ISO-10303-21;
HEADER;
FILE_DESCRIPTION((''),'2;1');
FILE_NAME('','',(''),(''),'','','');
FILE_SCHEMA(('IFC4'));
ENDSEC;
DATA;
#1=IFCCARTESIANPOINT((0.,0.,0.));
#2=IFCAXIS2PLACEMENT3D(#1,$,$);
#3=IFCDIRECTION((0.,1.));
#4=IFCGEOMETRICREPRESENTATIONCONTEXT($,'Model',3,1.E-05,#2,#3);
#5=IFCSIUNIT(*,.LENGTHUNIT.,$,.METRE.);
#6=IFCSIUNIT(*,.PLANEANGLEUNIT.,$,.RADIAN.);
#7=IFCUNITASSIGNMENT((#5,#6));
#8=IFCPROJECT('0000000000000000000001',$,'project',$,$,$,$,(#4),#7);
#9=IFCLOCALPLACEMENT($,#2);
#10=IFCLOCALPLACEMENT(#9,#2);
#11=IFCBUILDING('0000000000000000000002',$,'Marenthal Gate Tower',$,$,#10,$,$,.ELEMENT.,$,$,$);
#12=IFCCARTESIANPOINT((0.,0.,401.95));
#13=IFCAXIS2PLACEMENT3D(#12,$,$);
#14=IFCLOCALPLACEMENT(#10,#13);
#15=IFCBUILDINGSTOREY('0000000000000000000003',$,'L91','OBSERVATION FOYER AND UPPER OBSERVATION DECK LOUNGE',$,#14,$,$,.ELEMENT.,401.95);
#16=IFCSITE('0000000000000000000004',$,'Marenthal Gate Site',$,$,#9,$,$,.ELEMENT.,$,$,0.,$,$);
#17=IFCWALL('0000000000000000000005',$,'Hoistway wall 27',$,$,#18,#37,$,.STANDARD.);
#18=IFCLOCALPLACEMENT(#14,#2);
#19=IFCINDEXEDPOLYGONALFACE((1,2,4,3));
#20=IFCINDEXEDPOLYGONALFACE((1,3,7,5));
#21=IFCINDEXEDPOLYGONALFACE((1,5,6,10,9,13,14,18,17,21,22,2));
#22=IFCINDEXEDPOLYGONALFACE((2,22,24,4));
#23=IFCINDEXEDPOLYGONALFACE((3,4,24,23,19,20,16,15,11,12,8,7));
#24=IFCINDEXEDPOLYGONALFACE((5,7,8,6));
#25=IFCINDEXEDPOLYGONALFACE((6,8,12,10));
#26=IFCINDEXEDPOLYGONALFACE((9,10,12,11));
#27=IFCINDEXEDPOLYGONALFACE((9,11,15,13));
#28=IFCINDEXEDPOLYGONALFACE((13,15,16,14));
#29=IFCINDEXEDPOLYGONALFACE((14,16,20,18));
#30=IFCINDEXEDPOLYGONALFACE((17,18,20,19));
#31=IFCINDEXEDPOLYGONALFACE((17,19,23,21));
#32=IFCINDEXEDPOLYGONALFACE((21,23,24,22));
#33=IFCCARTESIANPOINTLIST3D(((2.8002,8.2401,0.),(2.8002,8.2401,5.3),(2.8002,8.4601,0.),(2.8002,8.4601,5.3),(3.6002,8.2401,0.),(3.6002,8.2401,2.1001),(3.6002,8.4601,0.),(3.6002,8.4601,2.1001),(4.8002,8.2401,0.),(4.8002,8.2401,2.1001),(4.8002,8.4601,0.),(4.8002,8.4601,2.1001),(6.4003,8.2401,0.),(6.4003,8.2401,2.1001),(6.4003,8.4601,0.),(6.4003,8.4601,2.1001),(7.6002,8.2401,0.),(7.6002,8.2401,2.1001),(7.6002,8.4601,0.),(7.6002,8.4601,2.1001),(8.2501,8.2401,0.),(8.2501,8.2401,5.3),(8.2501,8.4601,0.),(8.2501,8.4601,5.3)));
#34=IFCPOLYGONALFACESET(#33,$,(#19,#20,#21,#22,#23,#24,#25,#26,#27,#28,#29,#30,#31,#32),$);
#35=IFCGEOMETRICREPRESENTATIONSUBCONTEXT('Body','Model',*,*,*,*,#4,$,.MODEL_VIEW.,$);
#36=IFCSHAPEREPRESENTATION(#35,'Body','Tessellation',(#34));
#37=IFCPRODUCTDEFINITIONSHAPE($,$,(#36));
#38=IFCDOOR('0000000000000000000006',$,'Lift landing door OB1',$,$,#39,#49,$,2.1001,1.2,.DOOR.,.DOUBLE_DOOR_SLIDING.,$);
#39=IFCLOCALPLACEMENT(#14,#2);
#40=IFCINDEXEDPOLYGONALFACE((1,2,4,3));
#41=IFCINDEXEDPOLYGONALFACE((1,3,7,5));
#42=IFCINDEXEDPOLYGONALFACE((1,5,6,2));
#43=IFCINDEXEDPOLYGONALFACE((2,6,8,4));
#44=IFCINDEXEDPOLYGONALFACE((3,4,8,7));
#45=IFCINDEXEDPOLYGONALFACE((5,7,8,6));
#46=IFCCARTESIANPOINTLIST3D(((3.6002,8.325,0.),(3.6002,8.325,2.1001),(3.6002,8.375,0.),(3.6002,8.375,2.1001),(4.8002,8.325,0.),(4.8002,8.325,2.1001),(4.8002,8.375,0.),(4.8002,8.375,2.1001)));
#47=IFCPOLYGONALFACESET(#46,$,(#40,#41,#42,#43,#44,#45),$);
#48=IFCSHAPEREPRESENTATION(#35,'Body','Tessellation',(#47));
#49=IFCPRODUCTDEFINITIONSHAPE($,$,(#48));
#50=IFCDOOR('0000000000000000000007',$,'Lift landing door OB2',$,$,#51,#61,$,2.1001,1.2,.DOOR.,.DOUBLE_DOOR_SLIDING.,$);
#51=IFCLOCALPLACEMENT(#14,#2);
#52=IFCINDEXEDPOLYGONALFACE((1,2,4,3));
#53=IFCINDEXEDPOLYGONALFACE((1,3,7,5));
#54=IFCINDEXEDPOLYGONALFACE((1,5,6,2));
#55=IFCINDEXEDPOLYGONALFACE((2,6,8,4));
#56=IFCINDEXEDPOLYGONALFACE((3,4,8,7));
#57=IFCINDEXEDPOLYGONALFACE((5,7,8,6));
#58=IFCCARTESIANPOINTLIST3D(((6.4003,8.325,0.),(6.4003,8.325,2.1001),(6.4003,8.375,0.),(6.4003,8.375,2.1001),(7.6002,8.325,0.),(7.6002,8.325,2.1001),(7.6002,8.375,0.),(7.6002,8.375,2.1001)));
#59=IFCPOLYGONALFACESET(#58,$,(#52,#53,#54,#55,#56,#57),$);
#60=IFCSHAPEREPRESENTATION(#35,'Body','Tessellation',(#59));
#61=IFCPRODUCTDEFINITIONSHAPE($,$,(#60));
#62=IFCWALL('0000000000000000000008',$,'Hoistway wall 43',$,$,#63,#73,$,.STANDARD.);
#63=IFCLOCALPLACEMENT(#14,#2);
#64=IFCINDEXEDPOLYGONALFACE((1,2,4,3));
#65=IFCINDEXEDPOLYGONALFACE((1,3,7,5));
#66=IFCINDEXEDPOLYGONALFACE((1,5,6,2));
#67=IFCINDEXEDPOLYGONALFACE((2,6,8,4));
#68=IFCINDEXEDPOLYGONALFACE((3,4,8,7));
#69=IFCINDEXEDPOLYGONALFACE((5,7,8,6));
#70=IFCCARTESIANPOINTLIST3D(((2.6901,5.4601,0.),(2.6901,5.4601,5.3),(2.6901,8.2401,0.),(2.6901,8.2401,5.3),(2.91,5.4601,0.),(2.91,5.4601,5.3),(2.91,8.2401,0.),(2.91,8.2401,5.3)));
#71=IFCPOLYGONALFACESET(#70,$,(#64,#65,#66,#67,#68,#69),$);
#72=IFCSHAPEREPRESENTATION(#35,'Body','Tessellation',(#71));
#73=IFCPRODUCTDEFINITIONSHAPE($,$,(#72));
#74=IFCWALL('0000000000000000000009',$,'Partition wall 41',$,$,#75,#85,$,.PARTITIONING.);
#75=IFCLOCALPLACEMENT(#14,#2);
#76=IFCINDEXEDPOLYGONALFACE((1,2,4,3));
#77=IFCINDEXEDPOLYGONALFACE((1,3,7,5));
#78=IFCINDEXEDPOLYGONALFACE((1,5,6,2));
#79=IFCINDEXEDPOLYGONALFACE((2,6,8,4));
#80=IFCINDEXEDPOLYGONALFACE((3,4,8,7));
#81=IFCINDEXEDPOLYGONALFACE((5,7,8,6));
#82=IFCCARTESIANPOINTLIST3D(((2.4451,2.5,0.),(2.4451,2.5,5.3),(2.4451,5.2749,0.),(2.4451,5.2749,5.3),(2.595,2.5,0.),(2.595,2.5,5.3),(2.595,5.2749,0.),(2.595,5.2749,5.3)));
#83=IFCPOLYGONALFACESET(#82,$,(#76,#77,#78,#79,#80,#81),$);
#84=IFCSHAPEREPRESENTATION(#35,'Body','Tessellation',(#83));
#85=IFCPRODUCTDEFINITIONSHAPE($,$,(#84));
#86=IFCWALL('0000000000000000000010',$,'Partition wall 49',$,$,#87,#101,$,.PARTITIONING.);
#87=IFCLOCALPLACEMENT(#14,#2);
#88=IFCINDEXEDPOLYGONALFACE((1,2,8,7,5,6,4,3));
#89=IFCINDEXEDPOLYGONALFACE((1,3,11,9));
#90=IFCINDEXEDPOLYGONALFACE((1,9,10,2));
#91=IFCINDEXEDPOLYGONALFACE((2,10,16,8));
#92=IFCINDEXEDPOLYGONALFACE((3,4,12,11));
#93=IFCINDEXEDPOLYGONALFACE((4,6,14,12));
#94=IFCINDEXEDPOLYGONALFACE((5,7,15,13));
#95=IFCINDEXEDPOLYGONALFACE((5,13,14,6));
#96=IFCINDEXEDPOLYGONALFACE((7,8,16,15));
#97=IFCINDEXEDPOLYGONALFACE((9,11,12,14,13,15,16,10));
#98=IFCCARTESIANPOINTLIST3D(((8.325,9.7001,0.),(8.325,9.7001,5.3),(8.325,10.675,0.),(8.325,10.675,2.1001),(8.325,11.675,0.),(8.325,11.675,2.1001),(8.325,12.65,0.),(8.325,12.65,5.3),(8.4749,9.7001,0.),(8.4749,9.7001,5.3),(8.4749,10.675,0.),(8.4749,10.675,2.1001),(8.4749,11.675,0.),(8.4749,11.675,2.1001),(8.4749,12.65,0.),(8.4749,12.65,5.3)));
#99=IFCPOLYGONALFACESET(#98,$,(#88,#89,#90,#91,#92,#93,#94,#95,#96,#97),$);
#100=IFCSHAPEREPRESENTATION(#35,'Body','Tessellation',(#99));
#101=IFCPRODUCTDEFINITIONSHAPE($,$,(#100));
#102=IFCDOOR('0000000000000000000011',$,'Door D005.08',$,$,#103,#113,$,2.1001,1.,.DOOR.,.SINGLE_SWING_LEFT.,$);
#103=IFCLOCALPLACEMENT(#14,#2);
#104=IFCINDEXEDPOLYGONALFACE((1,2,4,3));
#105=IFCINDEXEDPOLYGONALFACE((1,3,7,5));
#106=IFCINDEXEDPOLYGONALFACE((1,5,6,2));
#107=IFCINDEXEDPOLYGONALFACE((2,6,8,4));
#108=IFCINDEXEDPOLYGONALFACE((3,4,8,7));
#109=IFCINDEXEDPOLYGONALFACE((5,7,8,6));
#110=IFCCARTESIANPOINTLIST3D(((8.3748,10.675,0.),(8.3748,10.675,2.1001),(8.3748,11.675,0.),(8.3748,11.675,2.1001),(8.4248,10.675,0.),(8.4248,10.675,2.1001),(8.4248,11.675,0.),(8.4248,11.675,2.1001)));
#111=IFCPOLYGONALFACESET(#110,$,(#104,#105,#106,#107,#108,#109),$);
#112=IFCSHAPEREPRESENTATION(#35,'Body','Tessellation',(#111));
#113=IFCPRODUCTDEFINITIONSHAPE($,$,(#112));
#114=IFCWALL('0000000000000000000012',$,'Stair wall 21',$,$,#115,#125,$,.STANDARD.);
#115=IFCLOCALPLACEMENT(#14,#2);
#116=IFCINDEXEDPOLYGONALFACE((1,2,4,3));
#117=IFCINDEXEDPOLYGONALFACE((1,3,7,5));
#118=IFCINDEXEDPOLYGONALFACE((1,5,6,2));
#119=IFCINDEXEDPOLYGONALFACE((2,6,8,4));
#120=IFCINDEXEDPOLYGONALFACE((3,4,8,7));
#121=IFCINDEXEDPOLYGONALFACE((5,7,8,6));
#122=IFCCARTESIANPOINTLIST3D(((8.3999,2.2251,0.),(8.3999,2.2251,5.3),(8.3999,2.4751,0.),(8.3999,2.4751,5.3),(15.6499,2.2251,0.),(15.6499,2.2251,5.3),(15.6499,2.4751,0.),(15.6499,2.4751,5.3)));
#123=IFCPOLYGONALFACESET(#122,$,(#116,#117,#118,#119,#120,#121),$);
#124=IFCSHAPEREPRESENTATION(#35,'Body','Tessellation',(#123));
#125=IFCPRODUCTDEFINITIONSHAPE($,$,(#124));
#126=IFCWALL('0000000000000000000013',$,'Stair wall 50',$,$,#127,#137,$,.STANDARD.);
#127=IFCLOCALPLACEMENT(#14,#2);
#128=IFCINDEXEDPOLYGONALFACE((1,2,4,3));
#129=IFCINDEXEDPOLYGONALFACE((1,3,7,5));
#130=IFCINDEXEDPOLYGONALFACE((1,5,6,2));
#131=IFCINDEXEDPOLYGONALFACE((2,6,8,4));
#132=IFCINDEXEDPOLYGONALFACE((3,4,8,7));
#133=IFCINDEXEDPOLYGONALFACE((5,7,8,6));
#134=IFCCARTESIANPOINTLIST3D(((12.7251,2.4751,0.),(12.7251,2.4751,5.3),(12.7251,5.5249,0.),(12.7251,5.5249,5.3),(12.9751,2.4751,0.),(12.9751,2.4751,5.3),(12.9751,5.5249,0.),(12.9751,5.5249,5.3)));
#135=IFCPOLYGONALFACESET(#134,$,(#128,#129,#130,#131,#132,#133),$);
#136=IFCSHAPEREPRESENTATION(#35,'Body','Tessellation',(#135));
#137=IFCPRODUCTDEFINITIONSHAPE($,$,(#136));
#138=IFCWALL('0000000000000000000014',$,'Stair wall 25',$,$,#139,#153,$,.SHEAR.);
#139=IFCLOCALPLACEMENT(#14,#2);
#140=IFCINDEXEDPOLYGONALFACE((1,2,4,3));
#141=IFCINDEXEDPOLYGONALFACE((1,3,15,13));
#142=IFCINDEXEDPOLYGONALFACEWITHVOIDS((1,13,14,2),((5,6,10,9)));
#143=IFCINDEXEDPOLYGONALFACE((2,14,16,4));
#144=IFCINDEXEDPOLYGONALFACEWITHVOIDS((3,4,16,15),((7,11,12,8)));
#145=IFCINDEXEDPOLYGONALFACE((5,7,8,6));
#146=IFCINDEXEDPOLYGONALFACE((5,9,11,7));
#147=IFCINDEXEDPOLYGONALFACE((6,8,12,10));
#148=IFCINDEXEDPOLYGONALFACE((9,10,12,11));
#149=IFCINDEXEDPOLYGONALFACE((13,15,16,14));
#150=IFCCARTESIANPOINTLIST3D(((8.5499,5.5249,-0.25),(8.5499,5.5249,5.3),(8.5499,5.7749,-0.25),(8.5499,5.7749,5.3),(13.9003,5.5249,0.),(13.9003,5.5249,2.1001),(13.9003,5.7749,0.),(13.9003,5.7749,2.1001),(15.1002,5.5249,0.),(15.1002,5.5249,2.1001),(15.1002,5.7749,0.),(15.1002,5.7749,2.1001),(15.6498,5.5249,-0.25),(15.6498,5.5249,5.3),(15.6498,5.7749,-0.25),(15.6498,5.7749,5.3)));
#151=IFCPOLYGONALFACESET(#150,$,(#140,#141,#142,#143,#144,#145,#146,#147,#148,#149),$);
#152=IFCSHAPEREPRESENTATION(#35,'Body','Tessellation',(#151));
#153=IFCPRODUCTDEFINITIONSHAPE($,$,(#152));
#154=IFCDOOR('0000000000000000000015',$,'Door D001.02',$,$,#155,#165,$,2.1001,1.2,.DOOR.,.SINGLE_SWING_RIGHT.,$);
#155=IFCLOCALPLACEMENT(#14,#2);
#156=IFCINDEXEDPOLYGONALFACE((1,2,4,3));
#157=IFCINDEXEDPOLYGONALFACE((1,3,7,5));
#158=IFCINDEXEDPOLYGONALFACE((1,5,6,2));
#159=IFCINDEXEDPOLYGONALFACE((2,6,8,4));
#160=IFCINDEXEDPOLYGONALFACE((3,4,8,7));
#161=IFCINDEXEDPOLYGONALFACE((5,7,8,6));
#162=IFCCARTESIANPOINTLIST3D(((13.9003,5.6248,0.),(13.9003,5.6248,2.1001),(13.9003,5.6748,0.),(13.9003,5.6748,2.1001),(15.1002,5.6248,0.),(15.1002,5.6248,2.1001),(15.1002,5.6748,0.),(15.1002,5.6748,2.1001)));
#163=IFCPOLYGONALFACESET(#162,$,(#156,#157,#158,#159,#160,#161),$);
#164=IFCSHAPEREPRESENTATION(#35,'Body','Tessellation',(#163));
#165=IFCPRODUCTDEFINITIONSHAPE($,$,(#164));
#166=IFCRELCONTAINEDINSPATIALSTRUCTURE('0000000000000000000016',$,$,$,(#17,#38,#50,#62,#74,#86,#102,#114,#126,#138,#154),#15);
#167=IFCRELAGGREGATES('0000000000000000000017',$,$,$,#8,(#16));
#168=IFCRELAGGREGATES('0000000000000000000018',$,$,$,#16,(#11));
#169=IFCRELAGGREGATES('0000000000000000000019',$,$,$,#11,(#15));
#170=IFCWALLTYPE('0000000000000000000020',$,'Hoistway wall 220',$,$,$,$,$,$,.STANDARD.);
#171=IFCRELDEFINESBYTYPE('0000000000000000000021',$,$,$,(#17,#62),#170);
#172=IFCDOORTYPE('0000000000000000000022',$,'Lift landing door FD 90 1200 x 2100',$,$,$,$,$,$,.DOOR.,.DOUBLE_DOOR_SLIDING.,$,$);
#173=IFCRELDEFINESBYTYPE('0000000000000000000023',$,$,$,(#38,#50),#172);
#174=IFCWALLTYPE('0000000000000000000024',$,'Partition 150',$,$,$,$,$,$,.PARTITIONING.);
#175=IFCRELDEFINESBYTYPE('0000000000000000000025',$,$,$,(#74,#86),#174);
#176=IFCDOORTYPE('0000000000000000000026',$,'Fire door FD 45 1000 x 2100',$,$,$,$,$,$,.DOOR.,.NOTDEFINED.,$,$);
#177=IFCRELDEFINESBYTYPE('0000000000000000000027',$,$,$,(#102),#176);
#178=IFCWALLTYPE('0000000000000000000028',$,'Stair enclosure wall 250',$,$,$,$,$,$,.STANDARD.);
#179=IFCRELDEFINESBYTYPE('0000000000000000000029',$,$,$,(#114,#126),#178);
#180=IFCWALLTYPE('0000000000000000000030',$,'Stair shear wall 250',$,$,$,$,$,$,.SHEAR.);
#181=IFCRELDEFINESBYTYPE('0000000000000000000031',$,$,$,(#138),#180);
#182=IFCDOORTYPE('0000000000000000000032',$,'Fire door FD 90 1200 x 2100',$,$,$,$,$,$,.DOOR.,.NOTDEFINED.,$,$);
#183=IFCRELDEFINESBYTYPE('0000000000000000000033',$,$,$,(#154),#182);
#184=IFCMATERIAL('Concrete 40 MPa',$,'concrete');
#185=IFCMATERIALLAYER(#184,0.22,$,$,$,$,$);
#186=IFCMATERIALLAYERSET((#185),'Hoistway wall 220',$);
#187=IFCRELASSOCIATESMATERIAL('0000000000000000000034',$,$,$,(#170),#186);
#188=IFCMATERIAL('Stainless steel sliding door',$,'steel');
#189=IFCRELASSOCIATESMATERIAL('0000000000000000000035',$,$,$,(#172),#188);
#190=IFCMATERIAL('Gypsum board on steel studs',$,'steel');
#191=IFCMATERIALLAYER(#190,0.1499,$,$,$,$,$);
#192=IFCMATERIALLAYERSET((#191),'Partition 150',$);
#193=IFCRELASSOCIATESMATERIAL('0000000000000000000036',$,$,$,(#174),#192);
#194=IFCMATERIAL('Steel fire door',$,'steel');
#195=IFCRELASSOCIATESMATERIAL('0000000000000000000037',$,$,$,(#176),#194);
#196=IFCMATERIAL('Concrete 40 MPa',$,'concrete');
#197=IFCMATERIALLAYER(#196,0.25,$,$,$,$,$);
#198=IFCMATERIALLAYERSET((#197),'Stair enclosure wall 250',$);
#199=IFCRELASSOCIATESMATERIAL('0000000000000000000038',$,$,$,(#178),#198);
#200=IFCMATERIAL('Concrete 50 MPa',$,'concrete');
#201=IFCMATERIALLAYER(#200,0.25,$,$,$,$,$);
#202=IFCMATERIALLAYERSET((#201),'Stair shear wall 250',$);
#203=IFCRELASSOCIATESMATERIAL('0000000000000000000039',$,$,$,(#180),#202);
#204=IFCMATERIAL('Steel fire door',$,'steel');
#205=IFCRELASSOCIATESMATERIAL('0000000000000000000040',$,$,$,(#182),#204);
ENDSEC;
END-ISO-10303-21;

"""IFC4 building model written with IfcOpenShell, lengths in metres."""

from ifc_helpers import new_model, si_unit, direction, frame, frame_2d, origin, place, context, subcontext, project, spatial, rectangle, extrude, material, layer, layer_set, type_object, element, fill, save


model = new_model("IFC4")

# Units and contexts
model_context = context("Model", 3, precision=1e-05, world=origin(), true_north=direction((0.0, 1.0)))
body_context = subcontext(model_context, "Body", "Model", "MODEL_VIEW")
ifc_project = project(units=[si_unit("LENGTHUNIT", "METRE"), si_unit("PLANEANGLEUNIT", "RADIAN")], contexts=[model_context])

# Site, building, storey
site_placement = place(None, origin())
site = spatial("IfcSite", under=ifc_project, at=site_placement, Name="Marenthal Gate Site", CompositionType="ELEMENT", RefElevation=0.0)
building_placement = place(site_placement, origin())
building = spatial("IfcBuilding", under=site, at=building_placement, Name="Marenthal Gate Tower", CompositionType="ELEMENT")
storey_placement = place(building_placement, frame((0.0, 0.0, 401.95)))
storey = spatial("IfcBuildingStorey", under=building, at=storey_placement, Name="L91", Description="OBSERVATION FOYER AND UPPER OBSERVATION DECK LOUNGE", CompositionType="ELEMENT", Elevation=401.95)

# Shared definitions
ifc_material_1 = material(Name="Concrete 40 MPa", Category="concrete")
ifc_layer_1 = layer(ifc_material_1, 0.22)
ifc_layer_set_1 = layer_set([ifc_layer_1], Name="Hoistway wall 220")
wall_type_1 = type_object("IfcWallType", Name="Hoistway wall 220", PredefinedType="STANDARD", material=ifc_layer_set_1)

# Wall, openings, doors
wall_1_placement = place(storey_placement, frame((2.8, 8.3501, 0.0), z_axis=(0.0, 0.0, 1.0), x_axis=(1.0, 0.0, 0.0)))
wall_1 = element("IfcWall", 1, at=wall_1_placement, inside=storey, type_object=wall_type_1, Name="Hoistway wall 27", PredefinedType="STANDARD", context=body_context, shape_type="SweptSolid", body=[
    extrude(rectangle(XDim=5.45, YDim=0.22, at=frame_2d((2.7251, 0.0))), origin(), (0.0, 0.0, 1.0), 5.3),
])
opening_1_placement = place(wall_1_placement, frame((0.8, 0.0, 0.0)))
opening_1 = element("IfcOpeningElement", 2, at=opening_1_placement, cuts=wall_1, PredefinedType="OPENING", context=body_context, shape_type="SweptSolid", body=[
    extrude(rectangle(XDim=1.2, YDim=2.1001, at=frame_2d((0.6001, 1.05))), frame((0.0, 0.1201, 0.0), z_axis=(0.0, -1.0, 0.0), x_axis=(1.0, 0.0, 0.0)), (0.0, 0.0, 1.0), 0.24),
])
opening_2_placement = place(wall_1_placement, frame((3.6001, 0.0, 0.0)))
opening_2 = element("IfcOpeningElement", 3, at=opening_2_placement, cuts=wall_1, PredefinedType="OPENING", context=body_context, shape_type="SweptSolid", body=[
    extrude(rectangle(XDim=1.2, YDim=2.1001, at=frame_2d((0.6001, 1.05))), frame((0.0, 0.1201, 0.0), z_axis=(0.0, -1.0, 0.0), x_axis=(1.0, 0.0, 0.0)), (0.0, 0.0, 1.0), 0.24),
])
ifc_material_2 = material(Name="Stainless steel sliding door", Category="steel")
door_type_1 = type_object("IfcDoorType", Name="Lift landing door FD 90 1200 x 2100", OperationType="DOUBLE_DOOR_SLIDING", PredefinedType="DOOR", material=ifc_material_2)
door_1_placement = place(opening_1_placement, origin())
door_1 = element("IfcDoor", 4, at=door_1_placement, inside=storey, type_object=door_type_1, Name="Lift landing door OB1", OperationType="DOUBLE_DOOR_SLIDING", OverallHeight=2.1001, OverallWidth=1.2, PredefinedType="DOOR", context=body_context, shape_type="SweptSolid", body=[
    extrude(rectangle(XDim=1.2, YDim=2.1001, at=frame_2d((0.6001, 1.05))), frame((0.0, 0.0249, 0.0), z_axis=(0.0, -1.0, 0.0), x_axis=(1.0, 0.0, 0.0)), (0.0, 0.0, 1.0), 0.05),
])
fill(opening_1, door_1)
door_2_placement = place(opening_2_placement, origin())
door_2 = element("IfcDoor", 5, at=door_2_placement, inside=storey, type_object=door_type_1, Name="Lift landing door OB2", OperationType="DOUBLE_DOOR_SLIDING", OverallHeight=2.1001, OverallWidth=1.2, PredefinedType="DOOR", context=body_context, shape_type="SweptSolid", body=[
    extrude(rectangle(XDim=1.2, YDim=2.1001, at=frame_2d((0.6001, 1.05))), frame((0.0, 0.0249, 0.0), z_axis=(0.0, -1.0, 0.0), x_axis=(1.0, 0.0, 0.0)), (0.0, 0.0, 1.0), 0.05),
])
fill(opening_2, door_2)

# Walls
wall_2_placement = place(storey_placement, frame((2.8, 5.46, 0.0), z_axis=(0.0, 0.0, 1.0), x_axis=(0.0, 1.0, 0.0)))
element("IfcWall", 6, at=wall_2_placement, inside=storey, type_object=wall_type_1, Name="Hoistway wall 43", PredefinedType="STANDARD", context=body_context, shape_type="SweptSolid", body=[
    extrude(rectangle(XDim=2.78, YDim=0.22, at=frame_2d((1.3901, 0.0))), origin(), (0.0, 0.0, 1.0), 5.3),
])
ifc_material_3 = material(Name="Gypsum board on steel studs", Category="steel")
ifc_layer_2 = layer(ifc_material_3, 0.1499)
ifc_layer_set_2 = layer_set([ifc_layer_2], Name="Partition 150")
wall_type_2 = type_object("IfcWallType", Name="Partition 150", PredefinedType="PARTITIONING", material=ifc_layer_set_2)
wall_3_placement = place(storey_placement, frame((2.52, 2.5, 0.0), z_axis=(0.0, 0.0, 1.0), x_axis=(0.0, 1.0, 0.0)))
element("IfcWall", 7, at=wall_3_placement, inside=storey, type_object=wall_type_2, Name="Partition wall 41", PredefinedType="PARTITIONING", context=body_context, shape_type="SweptSolid", body=[
    extrude(rectangle(XDim=2.7749, YDim=0.1499, at=frame_2d((1.3875, 0.0))), origin(), (0.0, 0.0, 1.0), 5.3),
])

# Wall, opening, door
wall_4_placement = place(storey_placement, frame((8.3999, 9.7, 0.0), z_axis=(0.0, 0.0, 1.0), x_axis=(0.0, 1.0, 0.0)))
wall_4 = element("IfcWall", 8, at=wall_4_placement, inside=storey, type_object=wall_type_2, Name="Partition wall 49", PredefinedType="PARTITIONING", context=body_context, shape_type="SweptSolid", body=[
    extrude(rectangle(XDim=2.95, YDim=0.1499, at=frame_2d((1.4751, 0.0))), origin(), (0.0, 0.0, 1.0), 5.3),
])
opening_3_placement = place(wall_4_placement, frame((0.9751, 0.0, 0.0)))
opening_3 = element("IfcOpeningElement", 9, at=opening_3_placement, cuts=wall_4, PredefinedType="OPENING", context=body_context, shape_type="SweptSolid", body=[
    extrude(rectangle(XDim=1.0, YDim=2.1001, at=frame_2d((0.5, 1.05))), frame((0.0, 0.085, 0.0), z_axis=(0.0, -1.0, 0.0), x_axis=(1.0, 0.0, 0.0)), (0.0, 0.0, 1.0), 0.1699),
])
ifc_material_4 = material(Name="Steel fire door", Category="steel")
door_type_2 = type_object("IfcDoorType", Name="Fire door FD 45 1000 x 2100", OperationType="NOTDEFINED", PredefinedType="DOOR", material=ifc_material_4)
door_3_placement = place(opening_3_placement, frame((1.0, 0.0, 0.0), z_axis=(0.0, 0.0, 1.0), x_axis=(-1.0, 0.0, 0.0)))
door_3 = element("IfcDoor", 10, at=door_3_placement, inside=storey, type_object=door_type_2, Name="Door D005.08", OperationType="SINGLE_SWING_LEFT", OverallHeight=2.1001, OverallWidth=1.0, PredefinedType="DOOR", context=body_context, shape_type="SweptSolid", body=[
    extrude(rectangle(XDim=1.0, YDim=2.1001, at=frame_2d((0.5, 1.05))), frame((0.0, 0.0249, 0.0), z_axis=(0.0, -1.0, 0.0), x_axis=(1.0, 0.0, 0.0)), (0.0, 0.0, 1.0), 0.05),
])
fill(opening_3, door_3)

# Walls
ifc_material_5 = material(Name="Concrete 40 MPa", Category="concrete")
ifc_layer_3 = layer(ifc_material_5, 0.25)
ifc_layer_set_3 = layer_set([ifc_layer_3], Name="Stair enclosure wall 250")
wall_type_3 = type_object("IfcWallType", Name="Stair enclosure wall 250", PredefinedType="STANDARD", material=ifc_layer_set_3)
wall_5_placement = place(storey_placement, frame((8.3999, 2.3501, 0.0), z_axis=(0.0, 0.0, 1.0), x_axis=(1.0, 0.0, 0.0)))
element("IfcWall", 11, at=wall_5_placement, inside=storey, type_object=wall_type_3, Name="Stair wall 21", PredefinedType="STANDARD", context=body_context, shape_type="SweptSolid", body=[
    extrude(rectangle(XDim=7.25, YDim=0.25, at=frame_2d((3.625, 0.0))), origin(), (0.0, 0.0, 1.0), 5.3),
])
wall_6_placement = place(storey_placement, frame((12.8501, 2.4751, 0.0), z_axis=(0.0, 0.0, 1.0), x_axis=(0.0, 1.0, 0.0)))
element("IfcWall", 12, at=wall_6_placement, inside=storey, type_object=wall_type_3, Name="Stair wall 50", PredefinedType="STANDARD", context=body_context, shape_type="SweptSolid", body=[
    extrude(rectangle(XDim=3.0498, YDim=0.25, at=frame_2d((1.5249, 0.0))), origin(), (0.0, 0.0, 1.0), 5.3),
])

# Wall, opening, door
ifc_material_6 = material(Name="Concrete 50 MPa", Category="concrete")
ifc_layer_4 = layer(ifc_material_6, 0.25)
ifc_layer_set_4 = layer_set([ifc_layer_4], Name="Stair shear wall 250")
wall_type_4 = type_object("IfcWallType", Name="Stair shear wall 250", PredefinedType="SHEAR", material=ifc_layer_set_4)
wall_7_placement = place(storey_placement, frame((8.55, 5.6499, -0.25), z_axis=(0.0, 0.0, 1.0), x_axis=(1.0, 0.0, 0.0)))
wall_7 = element("IfcWall", 13, at=wall_7_placement, inside=storey, type_object=wall_type_4, Name="Stair wall 25", PredefinedType="SHEAR", context=body_context, shape_type="SweptSolid", body=[
    extrude(rectangle(XDim=7.0999, YDim=0.25, at=frame_2d((3.5498, 0.0))), origin(), (0.0, 0.0, 1.0), 5.55),
])
opening_4_placement = place(wall_7_placement, frame((5.3501, 0.0, 0.25)))
opening_4 = element("IfcOpeningElement", 14, at=opening_4_placement, cuts=wall_7, PredefinedType="OPENING", context=body_context, shape_type="SweptSolid", body=[
    extrude(rectangle(XDim=1.2, YDim=2.1001, at=frame_2d((0.6001, 1.05))), frame((0.0, 0.135, 0.0), z_axis=(0.0, -1.0, 0.0), x_axis=(1.0, 0.0, 0.0)), (0.0, 0.0, 1.0), 0.27),
])
ifc_material_7 = material(Name="Steel fire door", Category="steel")
door_type_3 = type_object("IfcDoorType", Name="Fire door FD 90 1200 x 2100", OperationType="NOTDEFINED", PredefinedType="DOOR", material=ifc_material_7)
door_4_placement = place(opening_4_placement, origin())
door_4 = element("IfcDoor", 15, at=door_4_placement, inside=storey, type_object=door_type_3, Name="Door D001.02", OperationType="SINGLE_SWING_RIGHT", OverallHeight=2.1001, OverallWidth=1.2, PredefinedType="DOOR", context=body_context, shape_type="SweptSolid", body=[
    extrude(rectangle(XDim=1.2, YDim=2.1001, at=frame_2d((0.6001, 1.05))), frame((0.0, 0.0249, 0.0), z_axis=(0.0, -1.0, 0.0), x_axis=(1.0, 0.0, 0.0)), (0.0, 0.0, 1.0), 0.05),
])
fill(opening_4, door_4)

save(model, "model.ifc")
